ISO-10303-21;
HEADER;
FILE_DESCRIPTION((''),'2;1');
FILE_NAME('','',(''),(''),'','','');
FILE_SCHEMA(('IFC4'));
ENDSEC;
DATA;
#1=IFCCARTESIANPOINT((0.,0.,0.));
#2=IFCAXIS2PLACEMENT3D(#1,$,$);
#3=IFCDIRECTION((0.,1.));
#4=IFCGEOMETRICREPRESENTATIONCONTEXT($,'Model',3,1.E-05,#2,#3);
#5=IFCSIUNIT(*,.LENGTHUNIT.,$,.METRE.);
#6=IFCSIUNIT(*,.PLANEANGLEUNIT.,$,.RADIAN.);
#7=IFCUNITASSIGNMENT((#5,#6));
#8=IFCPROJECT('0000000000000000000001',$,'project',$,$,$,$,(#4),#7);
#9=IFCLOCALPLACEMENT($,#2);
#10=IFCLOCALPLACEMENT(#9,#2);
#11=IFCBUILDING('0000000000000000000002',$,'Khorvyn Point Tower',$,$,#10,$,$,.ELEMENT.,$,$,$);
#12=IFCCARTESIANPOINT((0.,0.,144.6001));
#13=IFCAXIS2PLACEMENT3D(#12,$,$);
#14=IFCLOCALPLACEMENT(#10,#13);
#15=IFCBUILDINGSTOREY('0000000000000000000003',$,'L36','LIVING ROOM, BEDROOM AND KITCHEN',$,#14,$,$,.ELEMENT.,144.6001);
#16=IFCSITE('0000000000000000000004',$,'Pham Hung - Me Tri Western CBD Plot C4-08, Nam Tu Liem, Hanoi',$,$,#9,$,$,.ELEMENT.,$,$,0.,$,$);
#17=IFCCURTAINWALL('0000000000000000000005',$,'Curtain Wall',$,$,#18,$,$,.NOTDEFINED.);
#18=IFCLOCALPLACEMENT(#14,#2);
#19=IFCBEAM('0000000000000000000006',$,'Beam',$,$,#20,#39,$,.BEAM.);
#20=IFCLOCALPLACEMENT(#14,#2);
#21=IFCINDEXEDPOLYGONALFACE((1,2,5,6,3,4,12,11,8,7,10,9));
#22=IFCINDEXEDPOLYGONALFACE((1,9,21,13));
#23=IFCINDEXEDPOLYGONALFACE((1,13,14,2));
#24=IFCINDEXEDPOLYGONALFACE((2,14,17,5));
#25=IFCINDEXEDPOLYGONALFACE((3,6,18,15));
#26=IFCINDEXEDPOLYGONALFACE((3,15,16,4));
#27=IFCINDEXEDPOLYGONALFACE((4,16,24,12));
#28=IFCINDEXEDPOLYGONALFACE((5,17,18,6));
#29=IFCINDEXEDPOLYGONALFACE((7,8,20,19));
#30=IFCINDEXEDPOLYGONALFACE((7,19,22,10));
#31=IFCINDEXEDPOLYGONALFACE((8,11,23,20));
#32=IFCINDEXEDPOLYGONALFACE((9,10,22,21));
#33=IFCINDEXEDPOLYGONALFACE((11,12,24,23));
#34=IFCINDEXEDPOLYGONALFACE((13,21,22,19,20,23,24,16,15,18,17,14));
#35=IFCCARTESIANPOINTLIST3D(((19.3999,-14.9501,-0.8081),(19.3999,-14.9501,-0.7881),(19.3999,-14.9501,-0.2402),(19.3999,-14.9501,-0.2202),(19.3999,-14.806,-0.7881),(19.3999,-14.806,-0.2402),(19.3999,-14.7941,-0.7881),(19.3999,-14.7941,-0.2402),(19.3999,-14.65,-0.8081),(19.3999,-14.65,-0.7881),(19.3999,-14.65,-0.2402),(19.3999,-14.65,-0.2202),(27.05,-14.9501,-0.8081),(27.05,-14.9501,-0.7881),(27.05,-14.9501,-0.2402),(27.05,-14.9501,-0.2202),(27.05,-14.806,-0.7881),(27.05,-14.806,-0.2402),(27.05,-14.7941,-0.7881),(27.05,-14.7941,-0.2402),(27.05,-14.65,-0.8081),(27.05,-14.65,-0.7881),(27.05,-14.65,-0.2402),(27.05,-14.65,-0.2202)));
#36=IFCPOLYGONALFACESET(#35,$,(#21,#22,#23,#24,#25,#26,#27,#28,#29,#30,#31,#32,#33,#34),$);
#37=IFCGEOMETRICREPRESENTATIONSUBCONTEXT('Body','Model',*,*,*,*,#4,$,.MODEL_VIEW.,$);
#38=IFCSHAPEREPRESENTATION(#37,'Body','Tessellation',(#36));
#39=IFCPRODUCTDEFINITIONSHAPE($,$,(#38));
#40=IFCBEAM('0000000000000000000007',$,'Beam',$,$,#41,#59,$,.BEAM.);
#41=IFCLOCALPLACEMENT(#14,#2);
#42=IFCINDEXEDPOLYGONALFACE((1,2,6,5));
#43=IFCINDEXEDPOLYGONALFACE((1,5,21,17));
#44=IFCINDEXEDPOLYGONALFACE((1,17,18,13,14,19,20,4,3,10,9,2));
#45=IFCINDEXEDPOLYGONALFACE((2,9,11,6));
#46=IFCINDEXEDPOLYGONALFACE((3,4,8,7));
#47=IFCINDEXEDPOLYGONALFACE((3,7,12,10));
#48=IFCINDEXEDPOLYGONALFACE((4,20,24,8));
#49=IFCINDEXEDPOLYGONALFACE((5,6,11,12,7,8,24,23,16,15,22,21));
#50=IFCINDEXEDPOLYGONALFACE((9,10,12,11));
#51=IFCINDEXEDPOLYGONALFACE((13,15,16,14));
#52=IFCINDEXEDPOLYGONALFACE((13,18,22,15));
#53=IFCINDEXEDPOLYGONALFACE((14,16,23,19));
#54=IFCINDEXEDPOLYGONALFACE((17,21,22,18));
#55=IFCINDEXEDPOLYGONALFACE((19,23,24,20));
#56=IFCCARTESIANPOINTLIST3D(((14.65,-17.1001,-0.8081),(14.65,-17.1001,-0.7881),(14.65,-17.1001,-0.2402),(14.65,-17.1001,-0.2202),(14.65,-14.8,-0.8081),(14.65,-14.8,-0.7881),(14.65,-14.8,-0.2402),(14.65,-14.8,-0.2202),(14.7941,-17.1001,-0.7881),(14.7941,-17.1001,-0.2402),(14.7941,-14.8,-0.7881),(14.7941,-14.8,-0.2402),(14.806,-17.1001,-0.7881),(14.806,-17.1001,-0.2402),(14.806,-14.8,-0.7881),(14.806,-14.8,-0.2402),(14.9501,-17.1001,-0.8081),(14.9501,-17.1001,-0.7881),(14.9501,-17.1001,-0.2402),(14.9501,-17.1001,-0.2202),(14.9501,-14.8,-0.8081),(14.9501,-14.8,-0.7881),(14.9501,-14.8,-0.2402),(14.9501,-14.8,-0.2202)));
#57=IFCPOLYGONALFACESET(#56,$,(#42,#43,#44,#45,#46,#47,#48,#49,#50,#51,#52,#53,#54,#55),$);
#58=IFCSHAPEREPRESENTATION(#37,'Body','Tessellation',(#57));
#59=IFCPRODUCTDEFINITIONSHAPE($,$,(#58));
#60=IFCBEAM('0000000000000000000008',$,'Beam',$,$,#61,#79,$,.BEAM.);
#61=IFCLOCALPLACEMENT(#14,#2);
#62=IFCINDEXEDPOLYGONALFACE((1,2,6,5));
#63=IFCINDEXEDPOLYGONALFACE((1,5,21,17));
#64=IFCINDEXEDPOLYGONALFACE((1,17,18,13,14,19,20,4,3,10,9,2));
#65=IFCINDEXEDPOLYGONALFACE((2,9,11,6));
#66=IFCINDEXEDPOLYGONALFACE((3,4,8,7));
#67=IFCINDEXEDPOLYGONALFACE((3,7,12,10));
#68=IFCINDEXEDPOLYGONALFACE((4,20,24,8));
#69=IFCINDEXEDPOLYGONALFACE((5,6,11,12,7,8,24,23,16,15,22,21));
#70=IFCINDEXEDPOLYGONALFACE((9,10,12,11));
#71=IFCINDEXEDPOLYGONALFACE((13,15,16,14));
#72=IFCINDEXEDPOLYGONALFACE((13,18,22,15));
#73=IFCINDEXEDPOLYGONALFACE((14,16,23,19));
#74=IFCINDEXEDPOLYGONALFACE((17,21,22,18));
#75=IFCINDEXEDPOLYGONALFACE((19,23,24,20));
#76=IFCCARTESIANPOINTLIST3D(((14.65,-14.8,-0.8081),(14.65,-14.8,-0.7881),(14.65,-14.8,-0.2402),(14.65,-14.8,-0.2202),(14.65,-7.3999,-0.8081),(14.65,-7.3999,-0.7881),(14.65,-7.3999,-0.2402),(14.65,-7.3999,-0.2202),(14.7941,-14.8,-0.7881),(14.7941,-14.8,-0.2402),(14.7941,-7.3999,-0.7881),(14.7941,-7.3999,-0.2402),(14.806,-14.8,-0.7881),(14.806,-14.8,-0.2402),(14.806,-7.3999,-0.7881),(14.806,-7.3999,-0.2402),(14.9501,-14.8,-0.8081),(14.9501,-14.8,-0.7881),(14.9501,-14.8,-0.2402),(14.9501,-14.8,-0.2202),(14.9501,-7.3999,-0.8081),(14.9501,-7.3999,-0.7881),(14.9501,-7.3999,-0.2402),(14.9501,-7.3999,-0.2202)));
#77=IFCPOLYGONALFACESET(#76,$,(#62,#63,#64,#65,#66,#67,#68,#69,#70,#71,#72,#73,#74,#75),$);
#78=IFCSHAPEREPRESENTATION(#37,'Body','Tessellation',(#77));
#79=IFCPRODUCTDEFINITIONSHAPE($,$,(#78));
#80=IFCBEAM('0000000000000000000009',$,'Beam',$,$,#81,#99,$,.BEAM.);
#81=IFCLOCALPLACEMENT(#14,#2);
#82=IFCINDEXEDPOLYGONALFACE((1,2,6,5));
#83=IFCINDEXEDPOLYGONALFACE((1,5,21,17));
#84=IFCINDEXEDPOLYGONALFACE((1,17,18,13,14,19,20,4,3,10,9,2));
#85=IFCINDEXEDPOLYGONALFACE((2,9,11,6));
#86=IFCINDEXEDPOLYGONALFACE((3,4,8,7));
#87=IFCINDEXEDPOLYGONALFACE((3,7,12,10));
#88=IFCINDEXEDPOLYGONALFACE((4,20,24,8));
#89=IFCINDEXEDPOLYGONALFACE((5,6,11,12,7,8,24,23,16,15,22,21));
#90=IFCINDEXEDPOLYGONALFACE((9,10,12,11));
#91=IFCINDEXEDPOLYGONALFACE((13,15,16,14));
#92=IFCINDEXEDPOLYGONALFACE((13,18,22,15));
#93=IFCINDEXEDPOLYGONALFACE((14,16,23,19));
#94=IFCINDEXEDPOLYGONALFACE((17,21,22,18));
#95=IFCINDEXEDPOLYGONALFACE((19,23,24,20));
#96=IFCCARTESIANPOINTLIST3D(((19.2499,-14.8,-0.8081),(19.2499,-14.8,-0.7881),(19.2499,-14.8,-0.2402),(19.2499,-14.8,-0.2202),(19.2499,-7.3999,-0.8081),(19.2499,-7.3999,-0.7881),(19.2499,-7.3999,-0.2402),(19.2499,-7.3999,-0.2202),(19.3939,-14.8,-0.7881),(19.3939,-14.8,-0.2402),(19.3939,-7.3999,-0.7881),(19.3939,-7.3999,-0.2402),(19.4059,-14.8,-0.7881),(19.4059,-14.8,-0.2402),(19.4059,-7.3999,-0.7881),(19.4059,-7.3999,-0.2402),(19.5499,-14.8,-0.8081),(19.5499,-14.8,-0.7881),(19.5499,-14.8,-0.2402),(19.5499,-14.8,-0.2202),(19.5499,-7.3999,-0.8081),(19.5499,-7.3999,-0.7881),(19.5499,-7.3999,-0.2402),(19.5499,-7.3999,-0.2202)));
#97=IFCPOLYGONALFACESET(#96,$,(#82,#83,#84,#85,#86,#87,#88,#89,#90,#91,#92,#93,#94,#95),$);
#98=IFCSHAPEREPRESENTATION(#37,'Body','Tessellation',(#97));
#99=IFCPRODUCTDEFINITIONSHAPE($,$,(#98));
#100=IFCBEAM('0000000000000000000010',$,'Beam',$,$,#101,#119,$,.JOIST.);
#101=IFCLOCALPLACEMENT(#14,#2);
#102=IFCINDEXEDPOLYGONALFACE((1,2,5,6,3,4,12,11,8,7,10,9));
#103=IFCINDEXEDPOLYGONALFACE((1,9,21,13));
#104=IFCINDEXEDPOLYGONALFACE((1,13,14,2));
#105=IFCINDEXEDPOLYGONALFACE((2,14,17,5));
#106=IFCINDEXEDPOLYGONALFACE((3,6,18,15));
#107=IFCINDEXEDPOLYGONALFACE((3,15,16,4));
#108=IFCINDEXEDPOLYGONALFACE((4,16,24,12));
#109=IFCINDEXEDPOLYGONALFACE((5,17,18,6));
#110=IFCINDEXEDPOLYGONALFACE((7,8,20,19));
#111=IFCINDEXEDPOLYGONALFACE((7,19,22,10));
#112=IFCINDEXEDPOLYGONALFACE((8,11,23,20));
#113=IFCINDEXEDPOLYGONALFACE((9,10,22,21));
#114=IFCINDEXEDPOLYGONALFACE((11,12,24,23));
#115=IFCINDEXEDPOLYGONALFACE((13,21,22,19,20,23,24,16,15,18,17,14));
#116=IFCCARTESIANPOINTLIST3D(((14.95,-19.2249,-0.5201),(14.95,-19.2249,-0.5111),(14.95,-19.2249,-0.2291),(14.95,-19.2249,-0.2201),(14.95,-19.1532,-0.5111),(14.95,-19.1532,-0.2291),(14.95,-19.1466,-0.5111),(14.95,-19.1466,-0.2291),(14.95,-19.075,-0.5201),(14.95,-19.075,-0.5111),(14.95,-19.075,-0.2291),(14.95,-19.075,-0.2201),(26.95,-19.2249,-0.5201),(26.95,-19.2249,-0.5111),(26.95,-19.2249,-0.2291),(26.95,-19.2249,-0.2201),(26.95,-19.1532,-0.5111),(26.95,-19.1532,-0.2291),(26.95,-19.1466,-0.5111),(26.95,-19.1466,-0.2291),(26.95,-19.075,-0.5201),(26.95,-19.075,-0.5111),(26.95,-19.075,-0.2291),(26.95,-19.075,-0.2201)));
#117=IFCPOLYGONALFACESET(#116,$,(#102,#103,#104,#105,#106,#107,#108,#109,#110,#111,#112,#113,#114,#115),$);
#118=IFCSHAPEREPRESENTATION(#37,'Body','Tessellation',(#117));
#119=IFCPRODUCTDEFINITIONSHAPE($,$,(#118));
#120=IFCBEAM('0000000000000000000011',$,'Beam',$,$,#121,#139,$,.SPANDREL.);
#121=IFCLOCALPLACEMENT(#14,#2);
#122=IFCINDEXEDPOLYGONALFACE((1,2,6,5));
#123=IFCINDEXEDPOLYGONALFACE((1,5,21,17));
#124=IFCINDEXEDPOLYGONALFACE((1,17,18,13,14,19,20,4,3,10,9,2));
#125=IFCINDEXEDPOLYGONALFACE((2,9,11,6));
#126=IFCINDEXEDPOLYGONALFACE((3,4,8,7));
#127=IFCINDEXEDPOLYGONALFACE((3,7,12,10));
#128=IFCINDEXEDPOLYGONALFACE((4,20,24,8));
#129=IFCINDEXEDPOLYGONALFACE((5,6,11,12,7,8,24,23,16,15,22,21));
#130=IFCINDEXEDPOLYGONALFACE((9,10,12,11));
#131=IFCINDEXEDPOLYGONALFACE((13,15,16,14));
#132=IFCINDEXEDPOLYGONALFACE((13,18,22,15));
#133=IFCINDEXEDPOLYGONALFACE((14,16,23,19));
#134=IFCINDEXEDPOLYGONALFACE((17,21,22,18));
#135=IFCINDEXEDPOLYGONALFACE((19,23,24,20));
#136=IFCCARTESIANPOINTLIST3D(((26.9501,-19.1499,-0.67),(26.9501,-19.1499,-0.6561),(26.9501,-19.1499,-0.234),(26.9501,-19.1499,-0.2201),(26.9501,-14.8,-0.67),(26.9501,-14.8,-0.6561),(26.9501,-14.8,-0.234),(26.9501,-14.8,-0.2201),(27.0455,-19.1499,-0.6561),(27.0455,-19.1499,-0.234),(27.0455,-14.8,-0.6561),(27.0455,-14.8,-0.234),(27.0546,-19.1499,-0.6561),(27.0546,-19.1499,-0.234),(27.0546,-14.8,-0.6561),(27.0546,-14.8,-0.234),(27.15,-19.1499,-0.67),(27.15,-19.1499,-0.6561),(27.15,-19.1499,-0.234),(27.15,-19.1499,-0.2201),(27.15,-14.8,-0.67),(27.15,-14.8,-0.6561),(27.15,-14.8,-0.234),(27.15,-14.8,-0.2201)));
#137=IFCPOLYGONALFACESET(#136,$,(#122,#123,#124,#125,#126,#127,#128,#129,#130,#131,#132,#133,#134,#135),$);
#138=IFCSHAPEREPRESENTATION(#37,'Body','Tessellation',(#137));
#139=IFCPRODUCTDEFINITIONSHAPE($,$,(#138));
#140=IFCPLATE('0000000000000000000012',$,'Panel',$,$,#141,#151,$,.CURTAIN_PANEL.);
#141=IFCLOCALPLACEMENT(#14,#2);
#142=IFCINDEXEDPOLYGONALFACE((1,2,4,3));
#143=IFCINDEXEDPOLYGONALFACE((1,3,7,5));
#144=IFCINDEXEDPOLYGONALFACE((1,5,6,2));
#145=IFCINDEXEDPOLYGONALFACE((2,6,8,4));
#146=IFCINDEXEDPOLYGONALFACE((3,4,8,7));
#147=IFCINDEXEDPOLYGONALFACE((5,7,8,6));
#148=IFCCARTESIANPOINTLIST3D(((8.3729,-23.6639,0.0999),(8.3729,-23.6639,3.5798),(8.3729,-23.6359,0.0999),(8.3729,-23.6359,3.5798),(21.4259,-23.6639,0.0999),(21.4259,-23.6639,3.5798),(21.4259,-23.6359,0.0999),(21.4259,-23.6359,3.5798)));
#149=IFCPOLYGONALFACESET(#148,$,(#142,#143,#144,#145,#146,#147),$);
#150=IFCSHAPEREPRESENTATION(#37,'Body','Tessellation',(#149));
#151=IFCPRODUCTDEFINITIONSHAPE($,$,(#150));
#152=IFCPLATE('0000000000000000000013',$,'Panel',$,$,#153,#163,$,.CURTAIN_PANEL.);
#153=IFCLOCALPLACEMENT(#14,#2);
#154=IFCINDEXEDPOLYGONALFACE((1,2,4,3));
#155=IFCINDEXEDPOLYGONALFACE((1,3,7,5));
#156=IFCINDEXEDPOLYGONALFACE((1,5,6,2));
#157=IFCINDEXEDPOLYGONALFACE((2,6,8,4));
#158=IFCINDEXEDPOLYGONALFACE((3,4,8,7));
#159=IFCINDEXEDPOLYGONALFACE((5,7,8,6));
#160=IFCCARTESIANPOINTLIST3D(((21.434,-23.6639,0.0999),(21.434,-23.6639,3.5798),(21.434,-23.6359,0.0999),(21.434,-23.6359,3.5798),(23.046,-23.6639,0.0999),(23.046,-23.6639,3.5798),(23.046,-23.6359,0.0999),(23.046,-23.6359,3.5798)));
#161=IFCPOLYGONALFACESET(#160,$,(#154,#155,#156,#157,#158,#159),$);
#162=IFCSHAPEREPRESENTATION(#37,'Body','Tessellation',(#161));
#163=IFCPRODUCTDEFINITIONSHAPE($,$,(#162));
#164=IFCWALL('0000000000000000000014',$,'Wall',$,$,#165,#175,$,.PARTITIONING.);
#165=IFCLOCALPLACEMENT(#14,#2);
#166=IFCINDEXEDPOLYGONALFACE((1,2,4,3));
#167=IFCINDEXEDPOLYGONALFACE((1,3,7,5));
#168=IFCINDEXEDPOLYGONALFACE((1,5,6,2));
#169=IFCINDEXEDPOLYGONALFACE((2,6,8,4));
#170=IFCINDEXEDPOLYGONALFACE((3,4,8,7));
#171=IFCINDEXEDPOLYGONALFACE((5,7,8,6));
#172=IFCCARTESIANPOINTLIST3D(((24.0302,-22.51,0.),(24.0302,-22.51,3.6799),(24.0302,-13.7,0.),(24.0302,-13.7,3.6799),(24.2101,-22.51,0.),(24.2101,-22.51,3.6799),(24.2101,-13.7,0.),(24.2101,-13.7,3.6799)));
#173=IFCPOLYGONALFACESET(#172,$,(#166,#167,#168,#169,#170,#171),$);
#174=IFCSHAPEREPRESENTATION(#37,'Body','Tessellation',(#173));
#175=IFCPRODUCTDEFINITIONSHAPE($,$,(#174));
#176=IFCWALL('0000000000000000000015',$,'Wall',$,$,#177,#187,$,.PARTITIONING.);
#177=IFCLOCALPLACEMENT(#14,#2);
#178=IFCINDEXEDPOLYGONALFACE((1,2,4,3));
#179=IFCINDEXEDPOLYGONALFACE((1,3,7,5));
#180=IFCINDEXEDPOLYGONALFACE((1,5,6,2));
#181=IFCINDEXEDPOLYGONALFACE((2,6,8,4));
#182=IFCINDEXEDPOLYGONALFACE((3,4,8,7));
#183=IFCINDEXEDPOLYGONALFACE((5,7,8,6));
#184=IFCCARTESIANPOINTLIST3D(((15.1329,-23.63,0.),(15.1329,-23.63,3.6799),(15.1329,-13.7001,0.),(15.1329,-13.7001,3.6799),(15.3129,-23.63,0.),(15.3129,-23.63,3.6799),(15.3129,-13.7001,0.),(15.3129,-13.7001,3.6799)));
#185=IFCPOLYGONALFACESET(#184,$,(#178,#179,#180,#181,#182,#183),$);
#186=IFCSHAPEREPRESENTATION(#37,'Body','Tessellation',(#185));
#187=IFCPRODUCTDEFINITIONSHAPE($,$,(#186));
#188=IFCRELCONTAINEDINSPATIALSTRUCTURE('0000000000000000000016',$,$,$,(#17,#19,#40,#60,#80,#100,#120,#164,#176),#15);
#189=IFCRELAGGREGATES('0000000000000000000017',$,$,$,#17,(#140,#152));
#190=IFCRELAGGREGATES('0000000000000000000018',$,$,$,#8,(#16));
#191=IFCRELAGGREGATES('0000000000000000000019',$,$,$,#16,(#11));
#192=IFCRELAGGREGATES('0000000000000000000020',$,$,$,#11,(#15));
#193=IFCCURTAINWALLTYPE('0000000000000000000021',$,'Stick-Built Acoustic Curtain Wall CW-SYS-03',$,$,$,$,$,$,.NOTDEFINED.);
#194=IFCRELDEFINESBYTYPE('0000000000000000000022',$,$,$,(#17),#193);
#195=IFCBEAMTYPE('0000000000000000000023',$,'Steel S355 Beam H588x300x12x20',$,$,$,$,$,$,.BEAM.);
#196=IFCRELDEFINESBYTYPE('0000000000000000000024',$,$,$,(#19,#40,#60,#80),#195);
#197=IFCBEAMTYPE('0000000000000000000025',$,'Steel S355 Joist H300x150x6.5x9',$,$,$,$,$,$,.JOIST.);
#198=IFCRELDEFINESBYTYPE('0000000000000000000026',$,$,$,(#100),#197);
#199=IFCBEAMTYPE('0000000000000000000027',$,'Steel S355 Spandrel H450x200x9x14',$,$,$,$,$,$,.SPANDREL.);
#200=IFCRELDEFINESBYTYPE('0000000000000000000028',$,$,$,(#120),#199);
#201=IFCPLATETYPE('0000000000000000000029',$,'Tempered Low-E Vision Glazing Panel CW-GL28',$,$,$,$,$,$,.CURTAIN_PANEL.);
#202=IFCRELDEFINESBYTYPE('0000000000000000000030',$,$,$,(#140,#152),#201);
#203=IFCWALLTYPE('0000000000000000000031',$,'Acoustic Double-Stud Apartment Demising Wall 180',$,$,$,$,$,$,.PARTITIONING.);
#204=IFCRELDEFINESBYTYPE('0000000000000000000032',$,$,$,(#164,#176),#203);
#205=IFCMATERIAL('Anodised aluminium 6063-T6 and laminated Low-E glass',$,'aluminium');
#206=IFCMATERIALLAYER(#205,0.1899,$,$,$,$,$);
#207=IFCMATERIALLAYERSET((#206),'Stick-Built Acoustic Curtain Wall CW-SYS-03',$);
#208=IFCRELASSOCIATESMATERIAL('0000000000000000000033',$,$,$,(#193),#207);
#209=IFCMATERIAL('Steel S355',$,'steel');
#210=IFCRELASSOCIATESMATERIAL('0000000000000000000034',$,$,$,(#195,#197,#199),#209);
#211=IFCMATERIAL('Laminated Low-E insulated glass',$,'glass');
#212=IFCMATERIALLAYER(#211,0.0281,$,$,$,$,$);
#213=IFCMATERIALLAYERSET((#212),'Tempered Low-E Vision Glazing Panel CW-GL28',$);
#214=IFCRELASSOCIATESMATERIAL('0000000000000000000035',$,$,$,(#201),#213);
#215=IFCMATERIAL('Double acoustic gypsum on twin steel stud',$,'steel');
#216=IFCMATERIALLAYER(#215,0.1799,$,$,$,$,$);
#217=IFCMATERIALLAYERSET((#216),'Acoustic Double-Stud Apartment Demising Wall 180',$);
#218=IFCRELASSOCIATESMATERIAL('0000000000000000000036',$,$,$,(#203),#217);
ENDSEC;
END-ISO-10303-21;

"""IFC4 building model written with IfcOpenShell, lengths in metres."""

from ifc_helpers import new_model, si_unit, direction, frame, frame_2d, origin, origin_2d, place, context, subcontext, project, spatial, rectangle, i_section, extrude, material, layer, layer_set, material_profile, profile_set, type_object, element, aggregate, save


model = new_model("IFC4")

# Units and contexts
model_context = context("Model", 3, precision=1e-05, world=origin(), true_north=direction((0.0, 1.0)))
body_context = subcontext(model_context, "Body", "Model", "MODEL_VIEW")
ifc_project = project(units=[si_unit("LENGTHUNIT", "METRE"), si_unit("PLANEANGLEUNIT", "RADIAN")], contexts=[model_context])

# Site, building, storey
site_placement = place(None, origin())
site = spatial("IfcSite", under=ifc_project, at=site_placement, Name="Pham Hung - Me Tri Western CBD Plot C4-08, Nam Tu Liem, Hanoi", CompositionType="ELEMENT", RefElevation=0.0)
building_placement = place(site_placement, origin())
building = spatial("IfcBuilding", under=site, at=building_placement, Name="Khorvyn Point Tower", CompositionType="ELEMENT")
storey_placement = place(building_placement, frame((0.0, 0.0, 144.6001)))
storey = spatial("IfcBuildingStorey", under=building, at=storey_placement, Name="L36", Description="LIVING ROOM, BEDROOM AND KITCHEN", CompositionType="ELEMENT", Elevation=144.6001)

# Curtain wall
ifc_material_1 = material(Name="Anodised aluminium 6063-T6 and laminated Low-E glass", Category="aluminium")
ifc_layer_1 = layer(ifc_material_1, 0.1899)
ifc_layer_set_1 = layer_set([ifc_layer_1], Name="Stick-Built Acoustic Curtain Wall CW-SYS-03")
curtain_wall_type = type_object("IfcCurtainWallType", Name="Stick-Built Acoustic Curtain Wall CW-SYS-03", PredefinedType="NOTDEFINED", material=ifc_layer_set_1)
curtain_wall_1_placement = place(storey_placement, origin())
curtain_wall_1 = element("IfcCurtainWall", 1, at=curtain_wall_1_placement, inside=storey, type_object=curtain_wall_type, Name="Curtain Wall", PredefinedType="NOTDEFINED")

# Beams
ifc_material_2 = material(Name="Steel S355", Category="steel")
ifc_material_profile_1 = material_profile(ifc_material_2, i_section(OverallWidth=0.3, OverallDepth=0.5879, WebThickness=0.012, FlangeThickness=0.02, at=origin_2d()))
ifc_profile_set_1 = profile_set([ifc_material_profile_1], Name="Steel S355 H588x300x12x20")
beam_type_1 = type_object("IfcBeamType", Name="Steel S355 Beam H588x300x12x20", PredefinedType="BEAM", material=ifc_profile_set_1)
beam_1_placement = place(storey_placement, frame((19.3999, -14.8, -0.5142), z_axis=(1.0, 0.0, 0.0), x_axis=(0.0, 1.0, 0.0)))
element("IfcBeam", 2, at=beam_1_placement, inside=storey, type_object=beam_type_1, Name="Beam", PredefinedType="BEAM", context=body_context, shape_type="SweptSolid", body=[
    extrude(i_section(OverallWidth=0.3, OverallDepth=0.5879, WebThickness=0.012, FlangeThickness=0.02, at=origin_2d()), origin(), (0.0, 0.0, 1.0), 7.6501),
])
beam_2_placement = place(storey_placement, frame((14.8, -17.1001, -0.5142), z_axis=(0.0, 1.0, 0.0), x_axis=(-1.0, 0.0, 0.0)))
element("IfcBeam", 3, at=beam_2_placement, inside=storey, type_object=beam_type_1, Name="Beam", PredefinedType="BEAM", context=body_context, shape_type="SweptSolid", body=[
    extrude(i_section(OverallWidth=0.3, OverallDepth=0.5879, WebThickness=0.012, FlangeThickness=0.02, at=origin_2d()), origin(), (0.0, 0.0, 1.0), 2.3),
])
for number, where, z_axis, x_axis, name in (
    (4, (14.8, -14.8, -0.5142), (0.0, 1.0, 0.0), (-1.0, 0.0, 0.0), "Beam"),
    (5, (19.3999, -14.8, -0.5142), (0.0, 1.0, 0.0), (-1.0, 0.0, 0.0), "Beam"),
):
    element("IfcBeam", number, at=place(storey_placement, frame(where, z_axis=z_axis, x_axis=x_axis)), inside=storey, type_object=beam_type_1, Name=name, PredefinedType="BEAM", context=body_context, shape_type="SweptSolid", body=[
        extrude(i_section(OverallWidth=0.3, OverallDepth=0.5879, WebThickness=0.012, FlangeThickness=0.02, at=origin_2d()), origin(), (0.0, 0.0, 1.0), 7.4001),
    ])
ifc_material_profile_2 = material_profile(ifc_material_2, i_section(OverallWidth=0.1499, OverallDepth=0.3, WebThickness=0.0066, FlangeThickness=0.009, at=origin_2d()))
ifc_profile_set_2 = profile_set([ifc_material_profile_2], Name="Steel S355 H300x150x6.5x9")
beam_type_2 = type_object("IfcBeamType", Name="Steel S355 Joist H300x150x6.5x9", PredefinedType="JOIST", material=ifc_profile_set_2)
beam_3_placement = place(storey_placement, frame((14.95, -19.1499, -0.3701), z_axis=(1.0, 0.0, 0.0), x_axis=(0.0, 1.0, 0.0)))
element("IfcBeam", 6, at=beam_3_placement, inside=storey, type_object=beam_type_2, Name="Beam", PredefinedType="JOIST", context=body_context, shape_type="SweptSolid", body=[
    extrude(i_section(OverallWidth=0.1499, OverallDepth=0.3, WebThickness=0.0066, FlangeThickness=0.009, at=origin_2d()), origin(), (0.0, 0.0, 1.0), 12.0),
])
ifc_material_profile_3 = material_profile(ifc_material_2, i_section(OverallWidth=0.2, OverallDepth=0.45, WebThickness=0.009, FlangeThickness=0.0139, at=origin_2d()))
ifc_profile_set_3 = profile_set([ifc_material_profile_3], Name="Steel S355 H450x200x9x14")
beam_type_3 = type_object("IfcBeamType", Name="Steel S355 Spandrel H450x200x9x14", PredefinedType="SPANDREL", material=ifc_profile_set_3)
beam_4_placement = place(storey_placement, frame((27.05, -19.1499, -0.4451), z_axis=(0.0, 1.0, 0.0), x_axis=(-1.0, 0.0, 0.0)))
element("IfcBeam", 7, at=beam_4_placement, inside=storey, type_object=beam_type_3, Name="Beam", PredefinedType="SPANDREL", context=body_context, shape_type="SweptSolid", body=[
    extrude(i_section(OverallWidth=0.2, OverallDepth=0.45, WebThickness=0.009, FlangeThickness=0.0139, at=origin_2d()), origin(), (0.0, 0.0, 1.0), 4.3499),
])

# Plates
ifc_material_3 = material(Name="Laminated Low-E insulated glass", Category="glass")
ifc_layer_2 = layer(ifc_material_3, 0.0281)
ifc_layer_set_2 = layer_set([ifc_layer_2], Name="Tempered Low-E Vision Glazing Panel CW-GL28")
plate_type = type_object("IfcPlateType", Name="Tempered Low-E Vision Glazing Panel CW-GL28", PredefinedType="CURTAIN_PANEL", material=ifc_layer_set_2)
plate_1_placement = place(storey_placement, frame((14.8994, -23.6499, 0.0999), z_axis=(0.0, 0.0, 1.0), x_axis=(-1.0, 0.0, 0.0)))
plate_1 = element("IfcPlate", 8, at=plate_1_placement, type_object=plate_type, Name="Panel", PredefinedType="CURTAIN_PANEL", context=body_context, shape_type="SweptSolid", body=[
    extrude(rectangle(XDim=13.053, YDim=0.0281, at=origin_2d()), origin(), (0.0, 0.0, 1.0), 3.48),
])
plate_2_placement = place(storey_placement, frame((22.24, -23.6499, 0.0999), z_axis=(0.0, 0.0, 1.0), x_axis=(-1.0, 0.0, 0.0)))
plate_2 = element("IfcPlate", 9, at=plate_2_placement, type_object=plate_type, Name="Panel", PredefinedType="CURTAIN_PANEL", context=body_context, shape_type="SweptSolid", body=[
    extrude(rectangle(XDim=1.6121, YDim=0.0281, at=origin_2d()), origin(), (0.0, 0.0, 1.0), 3.48),
])
aggregate(curtain_wall_1, [plate_1, plate_2])

# Walls
ifc_material_4 = material(Name="Double acoustic gypsum on twin steel stud", Category="steel")
ifc_layer_3 = layer(ifc_material_4, 0.1799)
ifc_layer_set_3 = layer_set([ifc_layer_3], Name="Acoustic Double-Stud Apartment Demising Wall 180")
wall_type_1 = type_object("IfcWallType", Name="Acoustic Double-Stud Apartment Demising Wall 180", PredefinedType="PARTITIONING", material=ifc_layer_set_3)
wall_1_placement = place(storey_placement, frame((24.1201, -22.51, 0.0), z_axis=(0.0, 0.0, 1.0), x_axis=(0.0, 1.0, 0.0)))
element("IfcWall", 10, at=wall_1_placement, inside=storey, type_object=wall_type_1, Name="Wall", PredefinedType="PARTITIONING", context=body_context, shape_type="SweptSolid", body=[
    extrude(rectangle(XDim=8.8101, YDim=0.1799, at=frame_2d((4.405, 0.0))), origin(), (0.0, 0.0, 1.0), 3.6799),
])
wall_2_placement = place(storey_placement, frame((15.2229, -23.6299, 0.0), z_axis=(0.0, 0.0, 1.0), x_axis=(0.0, 1.0, 0.0)))
element("IfcWall", 11, at=wall_2_placement, inside=storey, type_object=wall_type_1, Name="Wall", PredefinedType="PARTITIONING", context=body_context, shape_type="SweptSolid", body=[
    extrude(rectangle(XDim=9.9299, YDim=0.1799, at=frame_2d((4.9648, 0.0))), origin(), (0.0, 0.0, 1.0), 3.6799),
])

save(model, "model.ifc")
